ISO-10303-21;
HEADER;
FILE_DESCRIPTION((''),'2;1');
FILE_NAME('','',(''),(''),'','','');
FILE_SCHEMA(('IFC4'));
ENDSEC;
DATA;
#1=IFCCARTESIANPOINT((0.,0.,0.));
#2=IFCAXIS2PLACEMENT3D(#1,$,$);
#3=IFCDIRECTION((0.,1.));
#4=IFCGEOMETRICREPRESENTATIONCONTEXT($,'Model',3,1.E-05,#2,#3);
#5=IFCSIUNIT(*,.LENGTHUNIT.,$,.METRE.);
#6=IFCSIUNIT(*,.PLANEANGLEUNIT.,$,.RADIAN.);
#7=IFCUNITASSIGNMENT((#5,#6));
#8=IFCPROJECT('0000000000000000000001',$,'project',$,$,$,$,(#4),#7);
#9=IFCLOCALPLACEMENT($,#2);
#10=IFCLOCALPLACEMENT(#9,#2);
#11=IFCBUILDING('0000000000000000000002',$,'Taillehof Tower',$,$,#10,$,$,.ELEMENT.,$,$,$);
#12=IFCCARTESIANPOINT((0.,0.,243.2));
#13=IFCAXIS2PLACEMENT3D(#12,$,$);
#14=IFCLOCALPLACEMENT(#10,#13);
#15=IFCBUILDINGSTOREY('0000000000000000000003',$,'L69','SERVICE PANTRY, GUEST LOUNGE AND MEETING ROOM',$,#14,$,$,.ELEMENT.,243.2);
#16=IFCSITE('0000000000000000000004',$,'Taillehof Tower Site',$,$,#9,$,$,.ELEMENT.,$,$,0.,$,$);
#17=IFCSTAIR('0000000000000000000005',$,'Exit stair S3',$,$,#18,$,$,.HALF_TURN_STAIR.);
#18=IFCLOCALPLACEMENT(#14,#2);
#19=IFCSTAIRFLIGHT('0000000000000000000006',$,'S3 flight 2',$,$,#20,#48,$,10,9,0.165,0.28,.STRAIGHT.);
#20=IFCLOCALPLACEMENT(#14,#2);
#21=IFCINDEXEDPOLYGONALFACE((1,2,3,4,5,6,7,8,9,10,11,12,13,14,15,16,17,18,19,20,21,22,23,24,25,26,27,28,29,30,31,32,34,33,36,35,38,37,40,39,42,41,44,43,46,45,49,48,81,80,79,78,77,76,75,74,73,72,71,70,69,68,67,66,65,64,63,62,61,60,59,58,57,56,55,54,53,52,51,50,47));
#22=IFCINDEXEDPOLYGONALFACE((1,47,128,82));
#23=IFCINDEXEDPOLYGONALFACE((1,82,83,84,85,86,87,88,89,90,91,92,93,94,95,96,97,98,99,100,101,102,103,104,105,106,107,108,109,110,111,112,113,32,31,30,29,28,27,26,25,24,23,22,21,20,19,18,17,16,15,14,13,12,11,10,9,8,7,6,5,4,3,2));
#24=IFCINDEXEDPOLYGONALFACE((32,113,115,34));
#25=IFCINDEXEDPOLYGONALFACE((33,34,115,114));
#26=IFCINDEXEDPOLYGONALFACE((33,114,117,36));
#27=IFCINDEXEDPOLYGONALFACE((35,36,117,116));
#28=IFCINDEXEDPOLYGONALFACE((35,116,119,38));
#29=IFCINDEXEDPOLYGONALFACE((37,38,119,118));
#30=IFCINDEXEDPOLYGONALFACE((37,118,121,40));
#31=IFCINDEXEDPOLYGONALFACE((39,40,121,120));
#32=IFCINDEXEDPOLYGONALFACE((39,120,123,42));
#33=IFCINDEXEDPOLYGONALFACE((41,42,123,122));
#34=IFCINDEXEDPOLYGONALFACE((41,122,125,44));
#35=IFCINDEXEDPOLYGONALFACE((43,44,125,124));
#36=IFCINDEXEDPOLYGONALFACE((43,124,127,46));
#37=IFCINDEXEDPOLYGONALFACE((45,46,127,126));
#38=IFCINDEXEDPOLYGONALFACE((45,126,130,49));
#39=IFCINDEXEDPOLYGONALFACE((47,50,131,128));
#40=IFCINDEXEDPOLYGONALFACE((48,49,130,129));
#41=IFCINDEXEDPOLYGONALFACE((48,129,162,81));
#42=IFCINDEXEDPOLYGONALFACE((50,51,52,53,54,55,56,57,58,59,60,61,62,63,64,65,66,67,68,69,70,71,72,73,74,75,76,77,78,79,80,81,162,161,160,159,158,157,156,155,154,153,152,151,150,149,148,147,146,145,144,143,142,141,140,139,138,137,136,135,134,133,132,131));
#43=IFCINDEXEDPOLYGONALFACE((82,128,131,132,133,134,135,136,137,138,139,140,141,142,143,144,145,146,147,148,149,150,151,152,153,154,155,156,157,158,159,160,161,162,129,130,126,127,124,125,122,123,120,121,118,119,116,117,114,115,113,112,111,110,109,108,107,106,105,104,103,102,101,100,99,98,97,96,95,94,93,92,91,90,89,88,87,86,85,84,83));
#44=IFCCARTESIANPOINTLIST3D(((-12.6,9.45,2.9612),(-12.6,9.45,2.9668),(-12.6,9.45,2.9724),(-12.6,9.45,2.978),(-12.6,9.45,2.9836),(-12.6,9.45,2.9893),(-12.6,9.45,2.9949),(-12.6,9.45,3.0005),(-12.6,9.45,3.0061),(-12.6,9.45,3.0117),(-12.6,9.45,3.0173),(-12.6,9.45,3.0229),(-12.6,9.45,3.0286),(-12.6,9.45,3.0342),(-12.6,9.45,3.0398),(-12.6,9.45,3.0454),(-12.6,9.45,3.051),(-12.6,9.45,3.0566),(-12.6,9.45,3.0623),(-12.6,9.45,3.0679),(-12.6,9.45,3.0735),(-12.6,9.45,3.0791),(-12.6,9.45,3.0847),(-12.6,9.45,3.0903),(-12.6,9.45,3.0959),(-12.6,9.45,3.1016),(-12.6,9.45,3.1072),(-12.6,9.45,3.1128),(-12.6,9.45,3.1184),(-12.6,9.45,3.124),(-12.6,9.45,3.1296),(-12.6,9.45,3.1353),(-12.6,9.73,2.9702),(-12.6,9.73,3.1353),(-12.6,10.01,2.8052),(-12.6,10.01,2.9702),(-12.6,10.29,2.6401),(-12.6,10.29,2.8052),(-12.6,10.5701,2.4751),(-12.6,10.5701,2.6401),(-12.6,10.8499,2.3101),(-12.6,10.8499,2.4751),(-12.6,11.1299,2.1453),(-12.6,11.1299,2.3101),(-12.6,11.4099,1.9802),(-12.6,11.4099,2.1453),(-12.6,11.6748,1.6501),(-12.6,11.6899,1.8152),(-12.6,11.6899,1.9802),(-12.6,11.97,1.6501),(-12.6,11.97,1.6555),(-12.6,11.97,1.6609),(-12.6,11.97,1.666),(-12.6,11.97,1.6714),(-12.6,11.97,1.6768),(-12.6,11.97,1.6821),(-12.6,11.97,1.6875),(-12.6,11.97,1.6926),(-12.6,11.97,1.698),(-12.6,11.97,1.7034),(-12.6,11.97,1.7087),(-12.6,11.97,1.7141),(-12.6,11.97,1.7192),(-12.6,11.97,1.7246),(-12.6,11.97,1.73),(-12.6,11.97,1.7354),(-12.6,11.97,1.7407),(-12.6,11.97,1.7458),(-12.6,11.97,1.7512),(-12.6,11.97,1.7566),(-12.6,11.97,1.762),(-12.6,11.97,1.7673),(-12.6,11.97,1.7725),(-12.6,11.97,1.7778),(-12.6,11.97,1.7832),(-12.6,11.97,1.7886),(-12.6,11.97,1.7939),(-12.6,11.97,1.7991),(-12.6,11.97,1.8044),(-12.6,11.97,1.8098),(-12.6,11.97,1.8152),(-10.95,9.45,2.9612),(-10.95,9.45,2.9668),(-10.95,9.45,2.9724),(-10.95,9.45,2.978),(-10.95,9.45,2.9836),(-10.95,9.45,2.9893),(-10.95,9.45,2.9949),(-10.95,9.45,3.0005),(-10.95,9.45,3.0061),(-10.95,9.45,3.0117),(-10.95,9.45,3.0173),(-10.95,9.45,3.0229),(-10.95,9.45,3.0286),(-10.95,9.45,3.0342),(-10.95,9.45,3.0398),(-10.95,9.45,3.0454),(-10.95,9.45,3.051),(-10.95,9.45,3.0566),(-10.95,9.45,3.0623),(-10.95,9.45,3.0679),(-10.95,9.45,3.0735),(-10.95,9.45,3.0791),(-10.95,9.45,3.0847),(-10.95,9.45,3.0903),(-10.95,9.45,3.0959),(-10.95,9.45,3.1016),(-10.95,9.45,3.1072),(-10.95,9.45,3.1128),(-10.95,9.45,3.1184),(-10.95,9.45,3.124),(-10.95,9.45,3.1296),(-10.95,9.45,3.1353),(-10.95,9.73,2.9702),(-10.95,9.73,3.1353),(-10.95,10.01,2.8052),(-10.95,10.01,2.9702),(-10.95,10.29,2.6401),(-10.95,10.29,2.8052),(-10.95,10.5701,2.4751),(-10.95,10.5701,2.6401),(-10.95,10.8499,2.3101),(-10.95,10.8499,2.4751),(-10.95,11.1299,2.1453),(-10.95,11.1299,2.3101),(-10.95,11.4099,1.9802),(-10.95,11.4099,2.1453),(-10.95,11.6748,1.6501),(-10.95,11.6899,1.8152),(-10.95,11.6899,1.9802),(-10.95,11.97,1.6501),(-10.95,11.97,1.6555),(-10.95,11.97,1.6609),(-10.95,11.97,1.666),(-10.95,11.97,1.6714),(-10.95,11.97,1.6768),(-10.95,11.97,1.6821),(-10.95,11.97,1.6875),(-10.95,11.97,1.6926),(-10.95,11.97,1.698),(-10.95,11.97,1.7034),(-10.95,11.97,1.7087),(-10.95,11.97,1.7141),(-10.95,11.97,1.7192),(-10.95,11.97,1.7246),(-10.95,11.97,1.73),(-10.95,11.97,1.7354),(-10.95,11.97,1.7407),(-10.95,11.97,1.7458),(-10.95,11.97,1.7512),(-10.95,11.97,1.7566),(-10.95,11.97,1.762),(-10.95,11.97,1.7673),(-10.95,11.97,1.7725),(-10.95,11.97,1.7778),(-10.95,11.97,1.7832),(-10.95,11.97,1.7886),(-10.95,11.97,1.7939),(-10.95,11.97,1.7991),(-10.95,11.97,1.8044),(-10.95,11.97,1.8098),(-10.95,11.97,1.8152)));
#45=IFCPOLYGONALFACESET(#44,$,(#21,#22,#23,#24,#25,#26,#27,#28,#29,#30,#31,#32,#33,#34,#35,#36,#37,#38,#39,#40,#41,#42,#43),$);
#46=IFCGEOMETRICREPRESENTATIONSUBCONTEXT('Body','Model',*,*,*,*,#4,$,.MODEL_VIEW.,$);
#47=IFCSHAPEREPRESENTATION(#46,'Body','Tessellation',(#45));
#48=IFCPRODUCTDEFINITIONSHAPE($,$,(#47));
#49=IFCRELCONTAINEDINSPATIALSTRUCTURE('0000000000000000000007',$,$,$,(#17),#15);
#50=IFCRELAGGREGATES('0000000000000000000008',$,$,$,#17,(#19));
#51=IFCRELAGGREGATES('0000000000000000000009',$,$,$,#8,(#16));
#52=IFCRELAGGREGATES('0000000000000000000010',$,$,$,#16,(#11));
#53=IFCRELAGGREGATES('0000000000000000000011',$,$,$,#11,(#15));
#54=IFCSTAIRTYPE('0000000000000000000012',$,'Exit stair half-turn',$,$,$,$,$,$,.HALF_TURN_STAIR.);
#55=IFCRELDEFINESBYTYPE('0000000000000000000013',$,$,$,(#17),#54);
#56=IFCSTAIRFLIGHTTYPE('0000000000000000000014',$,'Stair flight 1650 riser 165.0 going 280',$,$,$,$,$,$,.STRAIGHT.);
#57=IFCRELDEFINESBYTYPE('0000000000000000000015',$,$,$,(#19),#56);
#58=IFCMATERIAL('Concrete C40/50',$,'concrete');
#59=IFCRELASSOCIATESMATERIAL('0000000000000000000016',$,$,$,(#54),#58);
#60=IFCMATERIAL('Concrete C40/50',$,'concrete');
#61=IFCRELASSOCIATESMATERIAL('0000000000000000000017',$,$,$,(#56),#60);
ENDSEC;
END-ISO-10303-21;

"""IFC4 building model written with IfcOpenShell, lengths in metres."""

from ifc_helpers import new_model, si_unit, direction, frame, origin, place, context, subcontext, project, spatial, polyline, outline, extrude, material, type_object, element, aggregate, save


model = new_model("IFC4")

# Units and contexts
model_context = context("Model", 3, precision=1e-05, world=origin(), true_north=direction((0.0, 1.0)))
body_context = subcontext(model_context, "Body", "Model", "MODEL_VIEW")
ifc_project = project(units=[si_unit("LENGTHUNIT", "METRE"), si_unit("PLANEANGLEUNIT", "RADIAN")], contexts=[model_context])

# Site, building, storey
site_placement = place(None, origin())
site = spatial("IfcSite", under=ifc_project, at=site_placement, Name="Taillehof Tower Site", CompositionType="ELEMENT", RefElevation=0.0)
building_placement = place(site_placement, origin())
building = spatial("IfcBuilding", under=site, at=building_placement, Name="Taillehof Tower", CompositionType="ELEMENT")
storey_placement = place(building_placement, frame((0.0, 0.0, 243.2)))
storey = spatial("IfcBuildingStorey", under=building, at=storey_placement, Name="L69", Description="SERVICE PANTRY, GUEST LOUNGE AND MEETING ROOM", CompositionType="ELEMENT", Elevation=243.2)

# Stair, stair flight
ifc_material_1 = material(Name="Concrete C40/50", Category="concrete")
stair_type = type_object("IfcStairType", Name="Exit stair half-turn", PredefinedType="HALF_TURN_STAIR", material=ifc_material_1)
stair_placement = place(storey_placement, origin())
stair = element("IfcStair", 1, at=stair_placement, inside=storey, type_object=stair_type, Name="Exit stair S3", PredefinedType="HALF_TURN_STAIR")
ifc_material_2 = material(Name="Concrete C40/50", Category="concrete")
stair_flight_type = type_object("IfcStairFlightType", Name="Stair flight 1650 riser 165.0 going 280", PredefinedType="STRAIGHT", material=ifc_material_2)
stair_flight_1_placement = place(storey_placement, frame((-11.7749, 11.97, 1.6501), z_axis=(0.0, 0.0, 1.0), x_axis=(0.0, -1.0, 0.0)))
stair_flight_1 = element("IfcStairFlight", 2, at=stair_flight_1_placement, type_object=stair_flight_type, Name="S3 flight 2", NumberOfRisers=10, NumberOfTreads=9, PredefinedType="STRAIGHT", RiserHeight=0.165, TreadLength=0.28, context=body_context, shape_type="SweptSolid", body=[
    extrude(outline(polyline([(0.0, 0.0), (0.0, 0.0054), (0.0, 0.0107), (0.0, 0.0159), (0.0, 0.0212), (0.0, 0.0266), (0.0, 0.032), (0.0, 0.0374), (0.0, 0.0425), (0.0, 0.0479), (0.0, 0.0532), (0.0, 0.0586), (0.0, 0.064), (0.0, 0.0691), (0.0, 0.0745), (0.0, 0.0798), (0.0, 0.0852), (0.0, 0.0906), (0.0, 0.0957), (0.0, 0.1011), (0.0, 0.1064), (0.0, 0.1118), (0.0, 0.1172), (0.0, 0.1223), (0.0, 0.1277), (0.0, 0.1331), (0.0, 0.1384), (0.0, 0.1438), (0.0, 0.1489), (0.0, 0.1543), (0.0, 0.1597), (0.0, 0.165), (0.28, 0.165), (0.28, 0.3301), (0.5601, 0.3301), (0.5601, 0.4951), (0.8401, 0.4951), (0.8401, 0.6599), (1.1201, 0.6599), (1.1201, 0.825), (1.3999, 0.825), (1.3999, 0.99), (1.6799, 0.99), (1.6799, 1.155), (1.96, 1.155), (1.96, 1.3201), (2.24, 1.3201), (2.24, 1.4851), (2.52, 1.4851), (2.52, 1.4795), (2.52, 1.4739), (2.52, 1.4683), (2.52, 1.4626), (2.52, 1.457), (2.52, 1.4514), (2.52, 1.4458), (2.52, 1.4402), (2.52, 1.4346), (2.52, 1.429), (2.52, 1.4233), (2.52, 1.4177), (2.52, 1.4121), (2.52, 1.4065), (2.52, 1.4009), (2.52, 1.3953), (2.52, 1.3896), (2.52, 1.384), (2.52, 1.3784), (2.52, 1.3728), (2.52, 1.3672), (2.52, 1.3616), (2.52, 1.356), (2.52, 1.3503), (2.52, 1.3447), (2.52, 1.3391), (2.52, 1.3335), (2.52, 1.3279), (2.52, 1.3223), (2.52, 1.3167), (2.52, 1.311), (0.2952, 0.0), (0.0, 0.0)])), frame((0.0, 0.825, 0.0), z_axis=(0.0, -1.0, 0.0), x_axis=(1.0, 0.0, 0.0)), (0.0, 0.0, 1.0), 1.65),
])
aggregate(stair, [stair_flight_1])

save(model, "model.ifc")
